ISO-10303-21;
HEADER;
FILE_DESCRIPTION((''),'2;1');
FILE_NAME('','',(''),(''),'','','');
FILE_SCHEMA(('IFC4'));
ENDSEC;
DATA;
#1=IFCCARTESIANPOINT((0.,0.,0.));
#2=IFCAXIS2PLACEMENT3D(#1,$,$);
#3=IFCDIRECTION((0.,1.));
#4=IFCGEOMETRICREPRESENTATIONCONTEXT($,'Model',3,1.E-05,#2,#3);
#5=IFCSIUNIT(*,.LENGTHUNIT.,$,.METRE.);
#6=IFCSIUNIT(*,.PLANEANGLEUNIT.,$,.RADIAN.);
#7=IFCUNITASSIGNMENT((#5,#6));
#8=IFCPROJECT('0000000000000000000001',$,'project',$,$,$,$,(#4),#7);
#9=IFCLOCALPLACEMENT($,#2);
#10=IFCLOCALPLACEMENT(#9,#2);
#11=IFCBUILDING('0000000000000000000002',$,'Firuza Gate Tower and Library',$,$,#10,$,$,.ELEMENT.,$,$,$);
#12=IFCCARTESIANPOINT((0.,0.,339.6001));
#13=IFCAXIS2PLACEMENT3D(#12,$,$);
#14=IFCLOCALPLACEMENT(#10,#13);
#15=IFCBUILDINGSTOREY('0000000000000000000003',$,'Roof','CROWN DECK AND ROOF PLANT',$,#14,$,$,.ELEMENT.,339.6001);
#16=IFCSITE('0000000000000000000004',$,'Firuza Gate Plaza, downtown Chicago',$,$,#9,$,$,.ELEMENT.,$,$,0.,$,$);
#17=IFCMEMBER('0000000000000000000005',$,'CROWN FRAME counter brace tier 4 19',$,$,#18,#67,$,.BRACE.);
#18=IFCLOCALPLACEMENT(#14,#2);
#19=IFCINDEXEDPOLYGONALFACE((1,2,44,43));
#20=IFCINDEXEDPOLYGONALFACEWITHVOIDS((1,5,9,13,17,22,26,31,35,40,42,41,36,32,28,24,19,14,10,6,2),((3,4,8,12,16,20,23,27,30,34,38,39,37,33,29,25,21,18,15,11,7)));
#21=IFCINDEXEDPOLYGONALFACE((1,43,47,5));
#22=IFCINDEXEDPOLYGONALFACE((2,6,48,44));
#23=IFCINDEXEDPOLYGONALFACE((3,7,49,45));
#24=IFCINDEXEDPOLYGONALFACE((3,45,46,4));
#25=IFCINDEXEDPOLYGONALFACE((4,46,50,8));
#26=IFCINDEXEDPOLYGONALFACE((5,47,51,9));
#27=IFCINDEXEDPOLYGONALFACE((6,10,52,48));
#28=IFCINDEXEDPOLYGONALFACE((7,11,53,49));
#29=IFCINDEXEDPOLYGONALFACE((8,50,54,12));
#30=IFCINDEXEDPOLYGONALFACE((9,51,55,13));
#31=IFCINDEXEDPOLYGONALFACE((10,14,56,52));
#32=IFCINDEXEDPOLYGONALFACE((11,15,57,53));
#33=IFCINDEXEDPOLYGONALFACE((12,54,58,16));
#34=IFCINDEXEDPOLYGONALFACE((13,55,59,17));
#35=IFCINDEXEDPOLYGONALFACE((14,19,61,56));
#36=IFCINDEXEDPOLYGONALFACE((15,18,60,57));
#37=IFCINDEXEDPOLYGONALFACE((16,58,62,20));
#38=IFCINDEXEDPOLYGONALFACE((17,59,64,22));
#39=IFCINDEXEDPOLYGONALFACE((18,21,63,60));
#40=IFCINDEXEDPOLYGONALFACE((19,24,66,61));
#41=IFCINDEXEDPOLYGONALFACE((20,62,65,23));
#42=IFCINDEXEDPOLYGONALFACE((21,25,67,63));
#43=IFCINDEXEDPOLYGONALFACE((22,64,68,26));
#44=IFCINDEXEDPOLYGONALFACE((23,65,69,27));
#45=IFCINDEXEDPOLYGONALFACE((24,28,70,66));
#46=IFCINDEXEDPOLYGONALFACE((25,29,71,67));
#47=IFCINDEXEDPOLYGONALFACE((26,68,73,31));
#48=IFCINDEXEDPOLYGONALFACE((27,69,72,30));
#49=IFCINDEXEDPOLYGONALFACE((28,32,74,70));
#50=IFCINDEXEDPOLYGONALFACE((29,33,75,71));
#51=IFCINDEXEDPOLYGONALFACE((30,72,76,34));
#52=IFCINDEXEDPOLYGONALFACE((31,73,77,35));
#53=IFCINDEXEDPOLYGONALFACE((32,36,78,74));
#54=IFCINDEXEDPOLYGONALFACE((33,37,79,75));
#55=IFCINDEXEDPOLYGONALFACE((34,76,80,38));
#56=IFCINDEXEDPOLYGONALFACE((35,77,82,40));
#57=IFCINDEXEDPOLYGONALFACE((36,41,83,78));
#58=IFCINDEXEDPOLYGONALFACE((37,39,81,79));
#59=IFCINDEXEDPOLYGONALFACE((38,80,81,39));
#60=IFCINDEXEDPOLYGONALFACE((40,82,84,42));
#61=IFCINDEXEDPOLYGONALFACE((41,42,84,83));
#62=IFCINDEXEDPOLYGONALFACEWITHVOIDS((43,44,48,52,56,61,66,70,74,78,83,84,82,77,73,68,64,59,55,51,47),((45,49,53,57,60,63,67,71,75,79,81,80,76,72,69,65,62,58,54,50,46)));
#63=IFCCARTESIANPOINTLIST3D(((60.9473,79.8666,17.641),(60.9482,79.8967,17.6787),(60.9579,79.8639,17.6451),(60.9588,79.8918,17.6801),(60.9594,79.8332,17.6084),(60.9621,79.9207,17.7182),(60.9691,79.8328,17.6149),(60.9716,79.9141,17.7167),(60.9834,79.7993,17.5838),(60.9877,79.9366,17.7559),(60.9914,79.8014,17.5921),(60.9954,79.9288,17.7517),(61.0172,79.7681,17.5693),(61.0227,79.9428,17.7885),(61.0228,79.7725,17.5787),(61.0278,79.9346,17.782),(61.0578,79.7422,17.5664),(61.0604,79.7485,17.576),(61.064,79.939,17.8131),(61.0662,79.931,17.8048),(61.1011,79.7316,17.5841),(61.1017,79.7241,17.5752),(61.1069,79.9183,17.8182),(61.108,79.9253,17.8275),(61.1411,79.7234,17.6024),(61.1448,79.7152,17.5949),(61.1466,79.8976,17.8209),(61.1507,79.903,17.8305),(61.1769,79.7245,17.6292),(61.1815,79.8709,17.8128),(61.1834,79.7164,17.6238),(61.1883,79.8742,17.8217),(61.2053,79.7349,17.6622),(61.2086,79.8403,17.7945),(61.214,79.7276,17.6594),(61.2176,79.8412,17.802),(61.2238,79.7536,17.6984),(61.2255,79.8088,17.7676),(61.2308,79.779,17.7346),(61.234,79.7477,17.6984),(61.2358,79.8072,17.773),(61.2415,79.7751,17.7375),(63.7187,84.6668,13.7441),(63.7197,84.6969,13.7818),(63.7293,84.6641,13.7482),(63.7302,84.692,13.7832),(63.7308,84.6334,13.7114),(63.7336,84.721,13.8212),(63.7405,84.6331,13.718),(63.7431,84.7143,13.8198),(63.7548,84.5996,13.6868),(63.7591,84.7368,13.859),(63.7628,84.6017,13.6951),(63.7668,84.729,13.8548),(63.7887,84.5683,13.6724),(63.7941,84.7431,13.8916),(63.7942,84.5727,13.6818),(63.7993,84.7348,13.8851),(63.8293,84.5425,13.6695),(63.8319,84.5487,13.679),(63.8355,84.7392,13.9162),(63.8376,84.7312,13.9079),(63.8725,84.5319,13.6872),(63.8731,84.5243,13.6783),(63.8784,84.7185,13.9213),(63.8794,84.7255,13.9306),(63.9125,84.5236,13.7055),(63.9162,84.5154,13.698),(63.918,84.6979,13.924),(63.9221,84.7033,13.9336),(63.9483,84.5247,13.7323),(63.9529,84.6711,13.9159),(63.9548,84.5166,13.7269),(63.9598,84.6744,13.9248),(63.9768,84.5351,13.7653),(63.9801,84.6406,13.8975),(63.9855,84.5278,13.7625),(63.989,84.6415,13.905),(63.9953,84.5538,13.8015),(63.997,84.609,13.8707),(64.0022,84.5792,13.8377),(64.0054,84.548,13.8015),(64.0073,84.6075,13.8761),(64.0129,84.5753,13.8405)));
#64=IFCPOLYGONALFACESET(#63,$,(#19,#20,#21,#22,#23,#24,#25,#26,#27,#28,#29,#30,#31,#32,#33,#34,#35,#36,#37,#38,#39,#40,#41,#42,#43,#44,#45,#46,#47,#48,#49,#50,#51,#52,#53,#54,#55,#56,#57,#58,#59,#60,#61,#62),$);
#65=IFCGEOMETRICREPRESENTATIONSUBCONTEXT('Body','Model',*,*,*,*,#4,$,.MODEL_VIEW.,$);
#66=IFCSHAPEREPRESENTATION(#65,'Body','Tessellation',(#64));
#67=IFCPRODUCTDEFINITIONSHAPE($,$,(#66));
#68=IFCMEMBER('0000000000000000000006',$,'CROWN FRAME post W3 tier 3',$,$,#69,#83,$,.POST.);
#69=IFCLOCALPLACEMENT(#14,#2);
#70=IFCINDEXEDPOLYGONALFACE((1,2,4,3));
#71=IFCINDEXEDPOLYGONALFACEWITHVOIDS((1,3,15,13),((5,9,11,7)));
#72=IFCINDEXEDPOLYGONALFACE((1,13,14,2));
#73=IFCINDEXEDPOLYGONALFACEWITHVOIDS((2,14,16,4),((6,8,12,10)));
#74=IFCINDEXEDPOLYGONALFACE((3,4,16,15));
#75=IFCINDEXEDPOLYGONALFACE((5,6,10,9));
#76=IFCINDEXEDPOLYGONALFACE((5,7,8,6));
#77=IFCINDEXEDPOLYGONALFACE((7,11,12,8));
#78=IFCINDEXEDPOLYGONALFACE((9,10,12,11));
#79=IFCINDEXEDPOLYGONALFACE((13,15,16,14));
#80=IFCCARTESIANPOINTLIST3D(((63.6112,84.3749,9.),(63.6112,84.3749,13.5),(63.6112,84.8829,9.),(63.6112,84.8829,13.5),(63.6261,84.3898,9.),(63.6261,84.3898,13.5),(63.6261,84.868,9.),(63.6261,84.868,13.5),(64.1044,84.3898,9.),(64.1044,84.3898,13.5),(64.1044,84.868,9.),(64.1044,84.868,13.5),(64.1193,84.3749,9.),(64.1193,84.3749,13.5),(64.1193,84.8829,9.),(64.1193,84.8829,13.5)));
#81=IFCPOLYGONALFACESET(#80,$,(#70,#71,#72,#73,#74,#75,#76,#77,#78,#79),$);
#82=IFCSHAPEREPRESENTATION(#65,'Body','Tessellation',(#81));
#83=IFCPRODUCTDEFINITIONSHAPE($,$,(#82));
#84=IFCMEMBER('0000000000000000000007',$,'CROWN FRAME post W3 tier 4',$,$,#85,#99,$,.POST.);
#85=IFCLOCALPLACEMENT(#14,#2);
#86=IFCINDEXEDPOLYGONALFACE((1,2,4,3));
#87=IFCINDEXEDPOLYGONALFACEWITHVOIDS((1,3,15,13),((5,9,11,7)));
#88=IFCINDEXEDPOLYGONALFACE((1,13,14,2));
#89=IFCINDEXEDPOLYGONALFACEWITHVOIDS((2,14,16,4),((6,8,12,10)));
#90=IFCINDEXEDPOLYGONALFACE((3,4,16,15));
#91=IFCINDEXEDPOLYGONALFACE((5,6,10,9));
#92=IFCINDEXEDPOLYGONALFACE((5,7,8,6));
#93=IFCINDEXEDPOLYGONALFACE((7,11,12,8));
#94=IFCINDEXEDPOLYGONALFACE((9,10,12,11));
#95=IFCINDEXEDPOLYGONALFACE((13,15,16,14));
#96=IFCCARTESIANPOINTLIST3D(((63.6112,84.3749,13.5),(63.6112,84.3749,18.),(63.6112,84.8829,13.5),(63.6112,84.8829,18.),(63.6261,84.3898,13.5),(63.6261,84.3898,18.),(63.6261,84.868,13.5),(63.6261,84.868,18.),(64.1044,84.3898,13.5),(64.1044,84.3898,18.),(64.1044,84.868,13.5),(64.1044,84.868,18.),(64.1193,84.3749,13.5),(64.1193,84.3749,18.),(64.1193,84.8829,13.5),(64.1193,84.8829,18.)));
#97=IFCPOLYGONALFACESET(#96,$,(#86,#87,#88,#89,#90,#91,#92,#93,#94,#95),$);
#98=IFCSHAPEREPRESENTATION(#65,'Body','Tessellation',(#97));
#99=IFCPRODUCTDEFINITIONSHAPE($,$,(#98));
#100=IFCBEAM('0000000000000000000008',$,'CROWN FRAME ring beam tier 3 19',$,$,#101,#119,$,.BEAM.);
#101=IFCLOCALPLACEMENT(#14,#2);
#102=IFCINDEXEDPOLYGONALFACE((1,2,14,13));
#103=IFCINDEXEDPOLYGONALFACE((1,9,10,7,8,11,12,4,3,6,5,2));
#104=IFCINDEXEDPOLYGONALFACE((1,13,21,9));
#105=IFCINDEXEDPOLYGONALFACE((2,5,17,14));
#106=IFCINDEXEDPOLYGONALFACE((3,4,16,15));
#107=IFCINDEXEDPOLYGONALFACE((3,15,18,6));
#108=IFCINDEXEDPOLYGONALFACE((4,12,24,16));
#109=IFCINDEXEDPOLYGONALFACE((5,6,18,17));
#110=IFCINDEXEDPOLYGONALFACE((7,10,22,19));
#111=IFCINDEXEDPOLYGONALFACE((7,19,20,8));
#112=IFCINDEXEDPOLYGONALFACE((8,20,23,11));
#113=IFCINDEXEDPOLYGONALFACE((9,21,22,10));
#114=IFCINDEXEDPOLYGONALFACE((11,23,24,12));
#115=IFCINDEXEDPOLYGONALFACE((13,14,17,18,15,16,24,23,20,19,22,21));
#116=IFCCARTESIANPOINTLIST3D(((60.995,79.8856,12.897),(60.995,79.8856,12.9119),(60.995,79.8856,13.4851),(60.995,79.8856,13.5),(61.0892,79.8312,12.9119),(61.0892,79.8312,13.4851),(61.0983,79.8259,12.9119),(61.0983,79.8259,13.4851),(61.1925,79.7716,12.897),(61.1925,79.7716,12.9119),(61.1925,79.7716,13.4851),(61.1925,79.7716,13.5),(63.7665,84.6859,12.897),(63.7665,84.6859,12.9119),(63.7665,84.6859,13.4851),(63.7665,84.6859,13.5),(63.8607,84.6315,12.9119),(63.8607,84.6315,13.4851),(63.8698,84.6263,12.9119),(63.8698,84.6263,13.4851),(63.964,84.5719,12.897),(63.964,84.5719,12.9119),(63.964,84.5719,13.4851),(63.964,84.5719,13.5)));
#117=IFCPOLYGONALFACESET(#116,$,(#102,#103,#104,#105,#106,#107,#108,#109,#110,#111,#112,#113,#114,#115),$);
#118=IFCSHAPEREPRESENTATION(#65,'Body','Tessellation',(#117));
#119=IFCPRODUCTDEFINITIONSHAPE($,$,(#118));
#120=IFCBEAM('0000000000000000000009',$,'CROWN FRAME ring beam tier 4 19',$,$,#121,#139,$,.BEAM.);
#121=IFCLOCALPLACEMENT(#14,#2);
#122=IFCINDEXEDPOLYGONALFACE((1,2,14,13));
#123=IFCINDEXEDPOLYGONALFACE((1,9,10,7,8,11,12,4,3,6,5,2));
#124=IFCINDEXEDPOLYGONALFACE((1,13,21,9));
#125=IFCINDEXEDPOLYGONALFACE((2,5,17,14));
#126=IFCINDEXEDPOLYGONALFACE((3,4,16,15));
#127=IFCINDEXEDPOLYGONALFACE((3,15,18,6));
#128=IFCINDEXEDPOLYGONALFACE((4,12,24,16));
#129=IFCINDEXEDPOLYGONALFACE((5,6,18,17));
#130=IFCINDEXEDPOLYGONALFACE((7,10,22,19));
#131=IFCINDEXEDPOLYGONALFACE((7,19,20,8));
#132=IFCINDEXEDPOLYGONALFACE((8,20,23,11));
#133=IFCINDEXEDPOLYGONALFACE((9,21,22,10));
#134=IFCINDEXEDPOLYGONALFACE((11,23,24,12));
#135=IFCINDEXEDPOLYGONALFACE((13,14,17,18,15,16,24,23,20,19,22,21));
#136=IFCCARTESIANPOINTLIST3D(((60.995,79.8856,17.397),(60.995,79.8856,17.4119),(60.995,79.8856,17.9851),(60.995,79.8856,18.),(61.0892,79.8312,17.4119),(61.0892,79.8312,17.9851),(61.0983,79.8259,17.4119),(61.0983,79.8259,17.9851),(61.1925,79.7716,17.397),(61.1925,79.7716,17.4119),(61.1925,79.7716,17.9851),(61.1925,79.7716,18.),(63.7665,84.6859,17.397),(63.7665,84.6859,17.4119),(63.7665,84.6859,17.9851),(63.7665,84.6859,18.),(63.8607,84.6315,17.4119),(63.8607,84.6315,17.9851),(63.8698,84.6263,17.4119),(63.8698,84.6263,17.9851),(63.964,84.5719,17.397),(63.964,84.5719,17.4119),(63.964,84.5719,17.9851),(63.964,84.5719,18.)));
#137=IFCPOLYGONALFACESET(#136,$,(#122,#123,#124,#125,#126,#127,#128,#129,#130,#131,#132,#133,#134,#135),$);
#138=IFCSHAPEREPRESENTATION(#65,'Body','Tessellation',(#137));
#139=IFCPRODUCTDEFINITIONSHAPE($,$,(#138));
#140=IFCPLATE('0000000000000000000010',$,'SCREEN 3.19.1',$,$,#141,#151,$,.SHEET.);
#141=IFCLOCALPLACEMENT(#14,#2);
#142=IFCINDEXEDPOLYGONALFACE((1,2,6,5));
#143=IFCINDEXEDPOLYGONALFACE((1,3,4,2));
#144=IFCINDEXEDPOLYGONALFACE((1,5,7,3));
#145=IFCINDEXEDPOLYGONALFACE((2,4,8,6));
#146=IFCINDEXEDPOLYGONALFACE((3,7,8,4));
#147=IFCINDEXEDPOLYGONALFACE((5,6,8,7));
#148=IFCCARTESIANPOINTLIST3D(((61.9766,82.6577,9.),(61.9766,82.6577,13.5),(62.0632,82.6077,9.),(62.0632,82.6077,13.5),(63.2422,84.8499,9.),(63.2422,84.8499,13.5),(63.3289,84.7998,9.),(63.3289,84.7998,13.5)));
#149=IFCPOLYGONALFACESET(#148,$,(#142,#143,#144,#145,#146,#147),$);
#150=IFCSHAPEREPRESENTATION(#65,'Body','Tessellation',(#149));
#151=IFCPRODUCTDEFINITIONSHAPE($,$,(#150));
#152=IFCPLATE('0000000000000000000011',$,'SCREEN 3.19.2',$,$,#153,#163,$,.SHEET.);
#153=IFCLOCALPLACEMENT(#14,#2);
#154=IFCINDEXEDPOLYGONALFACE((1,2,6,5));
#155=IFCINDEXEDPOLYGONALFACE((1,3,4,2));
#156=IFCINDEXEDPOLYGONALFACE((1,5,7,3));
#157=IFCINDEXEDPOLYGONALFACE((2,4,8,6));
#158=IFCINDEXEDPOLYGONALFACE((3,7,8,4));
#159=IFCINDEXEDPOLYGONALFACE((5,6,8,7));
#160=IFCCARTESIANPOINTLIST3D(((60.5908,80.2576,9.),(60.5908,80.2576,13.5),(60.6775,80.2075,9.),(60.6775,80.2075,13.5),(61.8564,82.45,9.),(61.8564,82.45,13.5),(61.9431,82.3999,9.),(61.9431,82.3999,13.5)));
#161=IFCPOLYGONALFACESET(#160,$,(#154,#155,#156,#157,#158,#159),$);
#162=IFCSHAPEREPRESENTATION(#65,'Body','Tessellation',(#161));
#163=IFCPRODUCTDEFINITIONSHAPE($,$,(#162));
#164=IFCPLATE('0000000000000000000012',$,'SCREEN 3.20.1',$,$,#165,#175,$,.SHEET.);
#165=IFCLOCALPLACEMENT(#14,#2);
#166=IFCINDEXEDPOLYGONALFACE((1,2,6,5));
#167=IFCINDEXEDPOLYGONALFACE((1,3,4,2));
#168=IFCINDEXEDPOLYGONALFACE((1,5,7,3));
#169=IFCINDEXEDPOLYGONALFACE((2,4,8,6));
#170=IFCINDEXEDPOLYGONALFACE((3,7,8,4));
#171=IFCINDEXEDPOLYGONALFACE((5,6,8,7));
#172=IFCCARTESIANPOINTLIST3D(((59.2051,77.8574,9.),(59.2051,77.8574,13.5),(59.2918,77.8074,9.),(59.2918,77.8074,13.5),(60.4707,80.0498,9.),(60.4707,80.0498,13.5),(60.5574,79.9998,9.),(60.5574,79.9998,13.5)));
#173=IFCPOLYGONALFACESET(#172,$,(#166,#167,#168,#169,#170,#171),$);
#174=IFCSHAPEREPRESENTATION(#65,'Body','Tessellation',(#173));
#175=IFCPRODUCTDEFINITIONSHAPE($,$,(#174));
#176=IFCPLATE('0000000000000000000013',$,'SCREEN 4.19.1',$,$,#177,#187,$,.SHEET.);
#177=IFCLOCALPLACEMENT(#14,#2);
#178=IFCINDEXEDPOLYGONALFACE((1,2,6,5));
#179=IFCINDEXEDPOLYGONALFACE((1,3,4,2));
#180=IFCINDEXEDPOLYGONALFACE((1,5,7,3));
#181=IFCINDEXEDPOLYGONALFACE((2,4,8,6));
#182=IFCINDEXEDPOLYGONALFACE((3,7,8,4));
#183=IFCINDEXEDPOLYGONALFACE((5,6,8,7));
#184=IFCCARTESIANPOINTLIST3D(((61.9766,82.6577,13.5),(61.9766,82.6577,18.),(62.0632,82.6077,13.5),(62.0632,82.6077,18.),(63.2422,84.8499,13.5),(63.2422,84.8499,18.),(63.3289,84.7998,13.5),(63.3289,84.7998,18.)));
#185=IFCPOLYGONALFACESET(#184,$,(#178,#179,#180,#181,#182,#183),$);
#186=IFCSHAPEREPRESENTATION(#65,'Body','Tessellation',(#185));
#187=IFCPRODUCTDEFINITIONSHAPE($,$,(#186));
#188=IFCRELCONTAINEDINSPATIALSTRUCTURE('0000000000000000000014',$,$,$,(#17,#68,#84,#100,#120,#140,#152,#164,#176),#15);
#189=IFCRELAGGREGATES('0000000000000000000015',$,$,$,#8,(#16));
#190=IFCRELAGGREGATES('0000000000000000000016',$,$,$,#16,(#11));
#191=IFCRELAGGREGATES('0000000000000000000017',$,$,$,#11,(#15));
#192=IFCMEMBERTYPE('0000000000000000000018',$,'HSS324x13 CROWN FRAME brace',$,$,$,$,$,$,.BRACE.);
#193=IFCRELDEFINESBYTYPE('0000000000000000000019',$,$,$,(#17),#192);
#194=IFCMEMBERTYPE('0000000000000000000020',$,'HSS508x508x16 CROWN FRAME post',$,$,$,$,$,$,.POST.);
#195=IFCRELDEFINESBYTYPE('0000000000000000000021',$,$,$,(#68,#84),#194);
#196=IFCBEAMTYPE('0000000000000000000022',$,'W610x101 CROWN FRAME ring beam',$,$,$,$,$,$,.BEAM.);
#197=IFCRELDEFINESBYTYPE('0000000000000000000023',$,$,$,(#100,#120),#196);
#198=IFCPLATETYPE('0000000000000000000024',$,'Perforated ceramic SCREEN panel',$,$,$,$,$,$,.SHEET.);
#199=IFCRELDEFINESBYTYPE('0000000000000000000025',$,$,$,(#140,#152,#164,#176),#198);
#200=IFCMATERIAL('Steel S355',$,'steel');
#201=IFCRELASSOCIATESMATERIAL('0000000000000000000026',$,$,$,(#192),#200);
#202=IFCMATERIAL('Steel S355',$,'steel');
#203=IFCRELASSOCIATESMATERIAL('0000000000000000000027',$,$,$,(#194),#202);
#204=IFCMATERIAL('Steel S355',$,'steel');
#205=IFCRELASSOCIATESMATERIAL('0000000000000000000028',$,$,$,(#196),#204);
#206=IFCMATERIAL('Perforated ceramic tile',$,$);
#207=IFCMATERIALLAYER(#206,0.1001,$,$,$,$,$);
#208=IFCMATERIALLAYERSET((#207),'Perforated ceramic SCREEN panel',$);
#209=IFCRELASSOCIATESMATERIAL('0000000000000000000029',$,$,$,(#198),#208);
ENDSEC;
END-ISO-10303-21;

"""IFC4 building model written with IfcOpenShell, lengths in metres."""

from ifc_helpers import new_model, si_unit, direction, frame, origin, origin_2d, place, context, subcontext, project, spatial, polyline, hollow_rectangle, hollow_circle, i_section, outline, extrude, material, layer, layer_set, material_profile, profile_set, type_object, element, save


model = new_model("IFC4")

# Units and contexts
model_context = context("Model", 3, precision=1e-05, world=origin(), true_north=direction((0.0, 1.0)))
body_context = subcontext(model_context, "Body", "Model", "MODEL_VIEW")
ifc_project = project(units=[si_unit("LENGTHUNIT", "METRE"), si_unit("PLANEANGLEUNIT", "RADIAN")], contexts=[model_context])

# Site, building, storey
site_placement = place(None, origin())
site = spatial("IfcSite", under=ifc_project, at=site_placement, Name="Firuza Gate Plaza, downtown Chicago", CompositionType="ELEMENT", RefElevation=0.0)
building_placement = place(site_placement, origin())
building = spatial("IfcBuilding", under=site, at=building_placement, Name="Firuza Gate Tower and Library", CompositionType="ELEMENT")
storey_placement = place(building_placement, frame((0.0, 0.0, 339.6001)))
storey = spatial("IfcBuildingStorey", under=building, at=storey_placement, Name="Roof", Description="CROWN DECK AND ROOF PLANT", CompositionType="ELEMENT", Elevation=339.6001)

# Members
ifc_material_1 = material(Name="Steel S355", Category="steel")
ifc_material_profile_1 = material_profile(ifc_material_1, hollow_circle(Radius=0.1619, WallThickness=0.0117, at=origin_2d()))
ifc_profile_set_1 = profile_set([ifc_material_profile_1], Name="Steel S355")
member_type_1 = type_object("IfcMemberType", Name="HSS324x13 CROWN FRAME brace", PredefinedType="BRACE", material=ifc_profile_set_1)
for number, where, z_axis, x_axis, name in (
    (1, (63.8652, 84.6289, 13.8015), (-0.409032, -0.708455, 0.575138), (0.866023, -0.500005, 0.0), "CROWN FRAME counter brace tier 4 19"),
):
    element("IfcMember", number, at=place(storey_placement, frame(where, z_axis=z_axis, x_axis=x_axis)), inside=storey, type_object=member_type_1, Name=name, PredefinedType="BRACE", context=body_context, shape_type="SweptSolid", body=[
        extrude(hollow_circle(Radius=0.1619, WallThickness=0.0117, at=origin_2d()), origin(), (0.0, 0.0, 1.0), 6.7756),
    ])
ifc_material_2 = material(Name="Steel S355", Category="steel")
ifc_material_profile_2 = material_profile(ifc_material_2, hollow_rectangle(XDim=0.5081, YDim=0.5081, WallThickness=0.0149, at=origin_2d()))
ifc_profile_set_2 = profile_set([ifc_material_profile_2], Name="Steel S355")
member_type_2 = type_object("IfcMemberType", Name="HSS508x508x16 CROWN FRAME post", PredefinedType="POST", material=ifc_profile_set_2)
for number, where, z_axis, x_axis, name in (
    (2, (63.8652, 84.6289, 9.0), (0.0, 0.0, 1.0), (1.0, 0.0, 0.0), "CROWN FRAME post W3 tier 3"),
    (3, (63.8652, 84.6289, 13.5), (0.0, 0.0, 1.0), (1.0, 0.0, 0.0), "CROWN FRAME post W3 tier 4"),
):
    element("IfcMember", number, at=place(storey_placement, frame(where, z_axis=z_axis, x_axis=x_axis)), inside=storey, type_object=member_type_2, Name=name, PredefinedType="POST", context=body_context, shape_type="SweptSolid", body=[
        extrude(hollow_rectangle(XDim=0.5081, YDim=0.5081, WallThickness=0.0149, at=origin_2d()), origin(), (0.0, 0.0, 1.0), 4.5),
    ])

# Beams
ifc_material_3 = material(Name="Steel S355", Category="steel")
ifc_material_profile_3 = material_profile(ifc_material_3, i_section(OverallWidth=0.228, OverallDepth=0.603, WebThickness=0.0105, FlangeThickness=0.0149, at=origin_2d()))
ifc_profile_set_3 = profile_set([ifc_material_profile_3], Name="Steel S355")
beam_type = type_object("IfcBeamType", Name="W610x101 CROWN FRAME ring beam", PredefinedType="BEAM", material=ifc_profile_set_3)
for number, where, z_axis, x_axis, name in (
    (4, (63.8652, 84.6289, 13.1985), (-0.500005, -0.866023, 0.0), (0.866023, -0.500005, 0.0), "CROWN FRAME ring beam tier 3 19"),
    (5, (63.8652, 84.6289, 17.6985), (-0.500005, -0.866023, 0.0), (0.866023, -0.500005, 0.0), "CROWN FRAME ring beam tier 4 19"),
):
    element("IfcBeam", number, at=place(storey_placement, frame(where, z_axis=z_axis, x_axis=x_axis)), inside=storey, type_object=beam_type, Name=name, PredefinedType="BEAM", context=body_context, shape_type="SweptSolid", body=[
        extrude(i_section(OverallWidth=0.228, OverallDepth=0.603, WebThickness=0.0105, FlangeThickness=0.0149, at=origin_2d()), origin(), (0.0, 0.0, 1.0), 5.543),
    ])

# Plates
ifc_material_4 = material(Name="Perforated ceramic tile")
ifc_layer_1 = layer(ifc_material_4, 0.1001)
ifc_layer_set_1 = layer_set([ifc_layer_1], Name="Perforated ceramic SCREEN panel")
plate_type_1 = type_object("IfcPlateType", Name="Perforated ceramic SCREEN panel", PredefinedType="SHEET", material=ifc_layer_set_1)
plate_1_placement = place(storey_placement, frame((63.2422, 84.8499, 9.0), z_axis=(-0.866027, 0.499998, 0.0), x_axis=(-0.499998, -0.866027, 0.0)))
element("IfcPlate", 6, at=plate_1_placement, inside=storey, type_object=plate_type_1, Name="SCREEN 3.19.1", PredefinedType="SHEET", context=body_context, shape_type="SweptSolid", body=[
    extrude(outline(polyline([(0.0, 0.0), (2.5313, 0.0), (2.5313, 4.5), (0.0, 4.5), (0.0, 0.0)])), origin(), (0.0, 0.0, -1.0), 0.1001),
])
for number, where, z_axis, x_axis, name in (
    (7, (61.8564, 82.45, 9.0), (-0.866051, 0.499956, 0.0), (-0.499956, -0.866051, 0.0), "SCREEN 3.19.2"),
    (8, (60.4707, 80.0498, 9.0), (-0.866051, 0.499956, 0.0), (-0.499956, -0.866051, 0.0), "SCREEN 3.20.1"),
):
    element("IfcPlate", number, at=place(storey_placement, frame(where, z_axis=z_axis, x_axis=x_axis)), inside=storey, type_object=plate_type_1, Name=name, PredefinedType="SHEET", context=body_context, shape_type="SweptSolid", body=[
        extrude(outline(polyline([(0.0, 0.0), (2.5315, 0.0), (2.5315, 4.5), (0.0, 4.5), (0.0, 0.0)])), origin(), (0.0, 0.0, -1.0), 0.1001),
    ])
plate_2_placement = place(storey_placement, frame((63.2422, 84.8499, 13.5), z_axis=(-0.866027, 0.499998, 0.0), x_axis=(-0.499998, -0.866027, 0.0)))
element("IfcPlate", 9, at=plate_2_placement, inside=storey, type_object=plate_type_1, Name="SCREEN 4.19.1", PredefinedType="SHEET", context=body_context, shape_type="SweptSolid", body=[
    extrude(outline(polyline([(0.0, 0.0), (2.5313, 0.0), (2.5313, 4.5), (0.0, 4.5), (0.0, 0.0)])), origin(), (0.0, 0.0, -1.0), 0.1001),
])

save(model, "model.ifc")
